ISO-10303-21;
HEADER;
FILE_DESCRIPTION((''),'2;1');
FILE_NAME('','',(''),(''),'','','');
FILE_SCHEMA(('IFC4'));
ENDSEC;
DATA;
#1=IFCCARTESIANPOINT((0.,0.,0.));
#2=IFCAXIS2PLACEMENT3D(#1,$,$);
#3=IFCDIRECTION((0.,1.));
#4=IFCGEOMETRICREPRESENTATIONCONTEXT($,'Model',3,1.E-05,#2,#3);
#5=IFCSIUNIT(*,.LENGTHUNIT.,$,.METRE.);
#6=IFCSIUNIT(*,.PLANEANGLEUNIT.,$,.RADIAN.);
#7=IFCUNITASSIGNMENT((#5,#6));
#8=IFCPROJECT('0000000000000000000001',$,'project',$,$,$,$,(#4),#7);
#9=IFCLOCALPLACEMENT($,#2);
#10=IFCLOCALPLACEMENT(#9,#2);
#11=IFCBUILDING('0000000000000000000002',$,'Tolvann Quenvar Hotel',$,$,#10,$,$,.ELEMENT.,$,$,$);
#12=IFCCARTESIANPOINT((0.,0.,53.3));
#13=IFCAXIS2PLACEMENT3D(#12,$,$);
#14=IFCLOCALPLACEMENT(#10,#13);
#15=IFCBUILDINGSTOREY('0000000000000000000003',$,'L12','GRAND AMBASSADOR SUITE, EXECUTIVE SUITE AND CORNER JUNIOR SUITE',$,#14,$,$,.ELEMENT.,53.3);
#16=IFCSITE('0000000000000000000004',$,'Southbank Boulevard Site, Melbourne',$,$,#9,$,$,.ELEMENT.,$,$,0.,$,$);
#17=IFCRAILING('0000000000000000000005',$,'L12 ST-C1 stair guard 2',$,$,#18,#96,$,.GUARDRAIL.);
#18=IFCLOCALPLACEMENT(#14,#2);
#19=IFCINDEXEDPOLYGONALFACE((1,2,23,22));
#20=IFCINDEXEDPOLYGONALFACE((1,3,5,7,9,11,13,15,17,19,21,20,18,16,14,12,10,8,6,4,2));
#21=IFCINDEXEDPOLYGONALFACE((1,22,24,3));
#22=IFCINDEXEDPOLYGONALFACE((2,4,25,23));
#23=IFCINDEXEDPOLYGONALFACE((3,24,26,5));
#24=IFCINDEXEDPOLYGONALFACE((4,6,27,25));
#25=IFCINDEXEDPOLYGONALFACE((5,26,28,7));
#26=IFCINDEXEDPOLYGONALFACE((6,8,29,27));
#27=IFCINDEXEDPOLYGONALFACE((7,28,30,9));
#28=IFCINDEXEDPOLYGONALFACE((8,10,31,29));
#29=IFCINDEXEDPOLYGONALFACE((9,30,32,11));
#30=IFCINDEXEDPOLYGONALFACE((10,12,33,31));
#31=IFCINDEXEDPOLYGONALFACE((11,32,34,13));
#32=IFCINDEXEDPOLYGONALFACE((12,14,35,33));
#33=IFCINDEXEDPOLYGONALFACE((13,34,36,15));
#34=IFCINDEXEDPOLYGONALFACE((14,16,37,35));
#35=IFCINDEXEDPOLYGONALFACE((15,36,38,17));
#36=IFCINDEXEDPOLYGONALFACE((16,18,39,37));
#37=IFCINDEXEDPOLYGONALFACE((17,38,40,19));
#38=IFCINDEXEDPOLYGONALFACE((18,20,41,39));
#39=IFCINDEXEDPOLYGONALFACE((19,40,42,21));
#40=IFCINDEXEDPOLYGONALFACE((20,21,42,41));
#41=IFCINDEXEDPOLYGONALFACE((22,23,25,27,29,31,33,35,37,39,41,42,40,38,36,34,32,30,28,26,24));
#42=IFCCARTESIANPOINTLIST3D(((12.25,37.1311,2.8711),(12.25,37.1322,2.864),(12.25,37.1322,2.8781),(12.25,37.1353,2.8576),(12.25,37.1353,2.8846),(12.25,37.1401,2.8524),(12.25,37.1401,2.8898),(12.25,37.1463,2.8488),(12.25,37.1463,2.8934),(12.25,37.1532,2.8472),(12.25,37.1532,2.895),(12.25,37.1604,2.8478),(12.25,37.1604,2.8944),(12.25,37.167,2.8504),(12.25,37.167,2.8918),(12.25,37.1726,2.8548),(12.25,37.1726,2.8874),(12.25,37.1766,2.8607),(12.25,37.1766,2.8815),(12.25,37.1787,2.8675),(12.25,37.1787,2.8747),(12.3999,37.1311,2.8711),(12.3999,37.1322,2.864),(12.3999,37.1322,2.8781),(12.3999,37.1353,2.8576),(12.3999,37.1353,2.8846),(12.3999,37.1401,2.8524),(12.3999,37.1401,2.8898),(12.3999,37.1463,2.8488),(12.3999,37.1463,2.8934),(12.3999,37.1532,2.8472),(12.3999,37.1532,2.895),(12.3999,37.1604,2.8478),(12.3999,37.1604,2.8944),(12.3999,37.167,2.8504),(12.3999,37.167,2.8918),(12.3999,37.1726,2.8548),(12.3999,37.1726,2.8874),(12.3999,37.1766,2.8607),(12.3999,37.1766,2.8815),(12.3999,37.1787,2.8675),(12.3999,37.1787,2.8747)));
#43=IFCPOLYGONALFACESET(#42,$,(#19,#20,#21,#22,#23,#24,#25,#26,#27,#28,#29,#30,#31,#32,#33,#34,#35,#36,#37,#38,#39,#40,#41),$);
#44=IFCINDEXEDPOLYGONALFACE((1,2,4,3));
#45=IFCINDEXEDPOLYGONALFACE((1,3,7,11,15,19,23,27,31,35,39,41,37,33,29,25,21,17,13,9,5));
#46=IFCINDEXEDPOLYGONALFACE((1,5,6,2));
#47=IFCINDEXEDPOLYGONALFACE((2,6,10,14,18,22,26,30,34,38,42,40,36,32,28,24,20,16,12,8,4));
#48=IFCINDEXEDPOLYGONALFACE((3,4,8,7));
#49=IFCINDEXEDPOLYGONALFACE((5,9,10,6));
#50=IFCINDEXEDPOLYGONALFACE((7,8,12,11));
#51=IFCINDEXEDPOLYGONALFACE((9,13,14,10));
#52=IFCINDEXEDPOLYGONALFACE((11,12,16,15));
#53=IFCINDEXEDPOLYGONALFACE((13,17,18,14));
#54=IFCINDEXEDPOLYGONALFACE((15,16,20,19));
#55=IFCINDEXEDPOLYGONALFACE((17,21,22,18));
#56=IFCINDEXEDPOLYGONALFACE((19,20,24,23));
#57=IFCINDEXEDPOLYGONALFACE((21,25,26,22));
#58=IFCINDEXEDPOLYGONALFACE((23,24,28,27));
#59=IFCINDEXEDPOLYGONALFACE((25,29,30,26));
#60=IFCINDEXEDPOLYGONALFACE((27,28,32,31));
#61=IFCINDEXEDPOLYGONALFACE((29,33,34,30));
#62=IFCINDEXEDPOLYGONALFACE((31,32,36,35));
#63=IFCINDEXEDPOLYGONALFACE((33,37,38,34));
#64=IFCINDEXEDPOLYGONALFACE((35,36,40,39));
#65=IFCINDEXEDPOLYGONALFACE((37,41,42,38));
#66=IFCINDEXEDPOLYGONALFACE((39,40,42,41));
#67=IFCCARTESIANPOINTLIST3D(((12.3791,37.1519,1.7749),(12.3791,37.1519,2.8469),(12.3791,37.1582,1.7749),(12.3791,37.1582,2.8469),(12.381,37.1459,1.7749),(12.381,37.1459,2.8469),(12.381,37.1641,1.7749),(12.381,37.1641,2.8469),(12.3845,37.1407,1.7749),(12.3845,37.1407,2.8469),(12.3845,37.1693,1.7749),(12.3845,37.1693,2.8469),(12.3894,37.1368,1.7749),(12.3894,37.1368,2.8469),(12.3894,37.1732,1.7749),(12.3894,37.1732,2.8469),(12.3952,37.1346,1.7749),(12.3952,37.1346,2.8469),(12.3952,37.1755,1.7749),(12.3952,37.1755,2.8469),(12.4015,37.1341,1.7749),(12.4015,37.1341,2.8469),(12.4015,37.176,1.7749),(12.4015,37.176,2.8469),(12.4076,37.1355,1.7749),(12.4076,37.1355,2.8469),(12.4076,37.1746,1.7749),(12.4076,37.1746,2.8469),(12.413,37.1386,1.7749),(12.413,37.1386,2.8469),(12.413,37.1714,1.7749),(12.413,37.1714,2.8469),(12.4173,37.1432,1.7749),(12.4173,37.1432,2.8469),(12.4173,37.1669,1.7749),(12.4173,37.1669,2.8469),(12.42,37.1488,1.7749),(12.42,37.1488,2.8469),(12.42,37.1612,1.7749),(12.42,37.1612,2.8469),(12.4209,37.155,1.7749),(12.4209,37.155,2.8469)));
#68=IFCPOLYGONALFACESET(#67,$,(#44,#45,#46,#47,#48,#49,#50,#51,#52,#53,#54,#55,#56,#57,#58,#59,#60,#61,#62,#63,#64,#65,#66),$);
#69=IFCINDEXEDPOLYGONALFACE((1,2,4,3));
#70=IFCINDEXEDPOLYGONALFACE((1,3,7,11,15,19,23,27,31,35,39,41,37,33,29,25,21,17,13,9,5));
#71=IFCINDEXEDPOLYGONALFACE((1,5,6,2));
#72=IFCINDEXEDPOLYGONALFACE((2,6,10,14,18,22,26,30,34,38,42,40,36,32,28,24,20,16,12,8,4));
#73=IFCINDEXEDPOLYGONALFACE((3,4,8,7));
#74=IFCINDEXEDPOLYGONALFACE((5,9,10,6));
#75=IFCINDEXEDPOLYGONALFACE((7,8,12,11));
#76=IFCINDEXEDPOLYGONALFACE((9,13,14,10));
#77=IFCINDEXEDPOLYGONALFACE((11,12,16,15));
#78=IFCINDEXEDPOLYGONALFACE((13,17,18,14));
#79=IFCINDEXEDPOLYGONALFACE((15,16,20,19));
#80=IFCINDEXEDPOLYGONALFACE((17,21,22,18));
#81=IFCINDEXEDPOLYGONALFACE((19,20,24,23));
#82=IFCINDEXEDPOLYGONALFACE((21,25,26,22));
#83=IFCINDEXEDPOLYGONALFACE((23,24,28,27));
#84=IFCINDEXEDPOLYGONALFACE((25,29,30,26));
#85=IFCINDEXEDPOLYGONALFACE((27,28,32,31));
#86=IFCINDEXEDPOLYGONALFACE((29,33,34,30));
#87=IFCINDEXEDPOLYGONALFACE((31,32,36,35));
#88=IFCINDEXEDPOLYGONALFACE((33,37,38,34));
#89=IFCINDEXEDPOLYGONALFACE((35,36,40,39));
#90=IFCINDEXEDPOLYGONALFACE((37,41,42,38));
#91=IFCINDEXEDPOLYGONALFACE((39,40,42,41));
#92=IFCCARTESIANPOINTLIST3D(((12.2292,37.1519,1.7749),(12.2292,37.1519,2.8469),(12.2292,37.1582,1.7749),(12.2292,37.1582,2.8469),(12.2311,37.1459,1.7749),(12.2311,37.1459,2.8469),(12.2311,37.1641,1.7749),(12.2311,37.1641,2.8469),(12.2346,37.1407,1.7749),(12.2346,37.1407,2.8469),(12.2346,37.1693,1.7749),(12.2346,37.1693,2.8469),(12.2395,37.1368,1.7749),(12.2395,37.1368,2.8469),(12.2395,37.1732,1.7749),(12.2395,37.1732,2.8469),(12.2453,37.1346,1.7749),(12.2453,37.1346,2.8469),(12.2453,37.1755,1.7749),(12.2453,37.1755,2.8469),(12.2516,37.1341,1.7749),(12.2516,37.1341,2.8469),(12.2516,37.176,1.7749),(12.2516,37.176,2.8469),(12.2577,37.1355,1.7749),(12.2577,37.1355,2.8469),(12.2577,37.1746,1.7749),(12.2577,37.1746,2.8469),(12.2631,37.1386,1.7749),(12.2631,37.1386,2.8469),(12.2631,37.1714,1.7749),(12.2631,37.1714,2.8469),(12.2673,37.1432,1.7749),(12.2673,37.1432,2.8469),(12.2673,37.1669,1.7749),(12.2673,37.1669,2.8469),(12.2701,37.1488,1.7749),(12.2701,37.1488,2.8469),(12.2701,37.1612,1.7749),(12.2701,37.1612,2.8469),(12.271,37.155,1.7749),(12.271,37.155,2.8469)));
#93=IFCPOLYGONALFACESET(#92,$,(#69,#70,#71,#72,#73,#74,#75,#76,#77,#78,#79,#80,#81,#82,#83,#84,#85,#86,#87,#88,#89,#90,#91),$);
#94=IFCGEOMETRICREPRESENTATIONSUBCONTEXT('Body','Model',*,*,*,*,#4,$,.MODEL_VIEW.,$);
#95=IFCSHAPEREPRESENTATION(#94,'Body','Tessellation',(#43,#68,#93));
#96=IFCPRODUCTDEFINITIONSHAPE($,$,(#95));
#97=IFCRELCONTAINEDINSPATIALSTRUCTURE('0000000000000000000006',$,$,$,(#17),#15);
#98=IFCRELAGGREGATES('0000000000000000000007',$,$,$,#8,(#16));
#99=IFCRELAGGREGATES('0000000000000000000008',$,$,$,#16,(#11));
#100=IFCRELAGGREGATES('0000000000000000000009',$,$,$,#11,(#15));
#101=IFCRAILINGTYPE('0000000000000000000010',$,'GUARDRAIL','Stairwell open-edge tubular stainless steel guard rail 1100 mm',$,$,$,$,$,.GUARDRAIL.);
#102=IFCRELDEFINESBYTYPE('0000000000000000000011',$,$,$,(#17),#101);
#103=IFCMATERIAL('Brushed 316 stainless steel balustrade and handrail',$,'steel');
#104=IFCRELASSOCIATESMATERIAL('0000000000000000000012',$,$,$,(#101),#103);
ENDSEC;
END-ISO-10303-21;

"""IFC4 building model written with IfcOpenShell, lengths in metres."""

from ifc_helpers import new_model, si_unit, direction, frame, origin, origin_2d, place, context, subcontext, project, spatial, circle, extrude, material, type_object, element, save


model = new_model("IFC4")

# Units and contexts
model_context = context("Model", 3, precision=1e-05, world=origin(), true_north=direction((0.0, 1.0)))
body_context = subcontext(model_context, "Body", "Model", "MODEL_VIEW")
ifc_project = project(units=[si_unit("LENGTHUNIT", "METRE"), si_unit("PLANEANGLEUNIT", "RADIAN")], contexts=[model_context])

# Site, building, storey
site_placement = place(None, origin())
site = spatial("IfcSite", under=ifc_project, at=site_placement, Name="Southbank Boulevard Site, Melbourne", CompositionType="ELEMENT", RefElevation=0.0)
building_placement = place(site_placement, origin())
building = spatial("IfcBuilding", under=site, at=building_placement, Name="Tolvann Quenvar Hotel", CompositionType="ELEMENT")
storey_placement = place(building_placement, frame((0.0, 0.0, 53.3)))
storey = spatial("IfcBuildingStorey", under=building, at=storey_placement, Name="L12", Description="GRAND AMBASSADOR SUITE, EXECUTIVE SUITE AND CORNER JUNIOR SUITE", CompositionType="ELEMENT", Elevation=53.3)

# Railing
ifc_material_1 = material(Name="Brushed 316 stainless steel balustrade and handrail", Category="steel")
railing_type_1 = type_object("IfcRailingType", Name="GUARDRAIL", Description="Stairwell open-edge tubular stainless steel guard rail 1100 mm", PredefinedType="GUARDRAIL", material=ifc_material_1)
railing_1_placement = place(storey_placement, frame((12.3999, 37.155, 1.7749)))
element("IfcRailing", 1, at=railing_1_placement, inside=storey, type_object=railing_type_1, Name="L12 ST-C1 stair guard 2", PredefinedType="GUARDRAIL", context=body_context, shape_type="SweptSolid", body=[
    extrude(circle(Radius=0.0239, at=origin_2d()), frame((0.0, 0.0, 1.0962), z_axis=(-1.0, 0.0, 0.0), x_axis=(0.0, -1.0, 0.0)), (0.0, 0.0, 1.0), 0.1499),
    extrude(circle(Radius=0.021, at=origin_2d()), origin(), (0.0, 0.0, 1.0), 1.072),
    extrude(circle(Radius=0.021, at=origin_2d()), frame((-0.1499, 0.0, 0.0)), (0.0, 0.0, 1.0), 1.072),
])

save(model, "model.ifc")
